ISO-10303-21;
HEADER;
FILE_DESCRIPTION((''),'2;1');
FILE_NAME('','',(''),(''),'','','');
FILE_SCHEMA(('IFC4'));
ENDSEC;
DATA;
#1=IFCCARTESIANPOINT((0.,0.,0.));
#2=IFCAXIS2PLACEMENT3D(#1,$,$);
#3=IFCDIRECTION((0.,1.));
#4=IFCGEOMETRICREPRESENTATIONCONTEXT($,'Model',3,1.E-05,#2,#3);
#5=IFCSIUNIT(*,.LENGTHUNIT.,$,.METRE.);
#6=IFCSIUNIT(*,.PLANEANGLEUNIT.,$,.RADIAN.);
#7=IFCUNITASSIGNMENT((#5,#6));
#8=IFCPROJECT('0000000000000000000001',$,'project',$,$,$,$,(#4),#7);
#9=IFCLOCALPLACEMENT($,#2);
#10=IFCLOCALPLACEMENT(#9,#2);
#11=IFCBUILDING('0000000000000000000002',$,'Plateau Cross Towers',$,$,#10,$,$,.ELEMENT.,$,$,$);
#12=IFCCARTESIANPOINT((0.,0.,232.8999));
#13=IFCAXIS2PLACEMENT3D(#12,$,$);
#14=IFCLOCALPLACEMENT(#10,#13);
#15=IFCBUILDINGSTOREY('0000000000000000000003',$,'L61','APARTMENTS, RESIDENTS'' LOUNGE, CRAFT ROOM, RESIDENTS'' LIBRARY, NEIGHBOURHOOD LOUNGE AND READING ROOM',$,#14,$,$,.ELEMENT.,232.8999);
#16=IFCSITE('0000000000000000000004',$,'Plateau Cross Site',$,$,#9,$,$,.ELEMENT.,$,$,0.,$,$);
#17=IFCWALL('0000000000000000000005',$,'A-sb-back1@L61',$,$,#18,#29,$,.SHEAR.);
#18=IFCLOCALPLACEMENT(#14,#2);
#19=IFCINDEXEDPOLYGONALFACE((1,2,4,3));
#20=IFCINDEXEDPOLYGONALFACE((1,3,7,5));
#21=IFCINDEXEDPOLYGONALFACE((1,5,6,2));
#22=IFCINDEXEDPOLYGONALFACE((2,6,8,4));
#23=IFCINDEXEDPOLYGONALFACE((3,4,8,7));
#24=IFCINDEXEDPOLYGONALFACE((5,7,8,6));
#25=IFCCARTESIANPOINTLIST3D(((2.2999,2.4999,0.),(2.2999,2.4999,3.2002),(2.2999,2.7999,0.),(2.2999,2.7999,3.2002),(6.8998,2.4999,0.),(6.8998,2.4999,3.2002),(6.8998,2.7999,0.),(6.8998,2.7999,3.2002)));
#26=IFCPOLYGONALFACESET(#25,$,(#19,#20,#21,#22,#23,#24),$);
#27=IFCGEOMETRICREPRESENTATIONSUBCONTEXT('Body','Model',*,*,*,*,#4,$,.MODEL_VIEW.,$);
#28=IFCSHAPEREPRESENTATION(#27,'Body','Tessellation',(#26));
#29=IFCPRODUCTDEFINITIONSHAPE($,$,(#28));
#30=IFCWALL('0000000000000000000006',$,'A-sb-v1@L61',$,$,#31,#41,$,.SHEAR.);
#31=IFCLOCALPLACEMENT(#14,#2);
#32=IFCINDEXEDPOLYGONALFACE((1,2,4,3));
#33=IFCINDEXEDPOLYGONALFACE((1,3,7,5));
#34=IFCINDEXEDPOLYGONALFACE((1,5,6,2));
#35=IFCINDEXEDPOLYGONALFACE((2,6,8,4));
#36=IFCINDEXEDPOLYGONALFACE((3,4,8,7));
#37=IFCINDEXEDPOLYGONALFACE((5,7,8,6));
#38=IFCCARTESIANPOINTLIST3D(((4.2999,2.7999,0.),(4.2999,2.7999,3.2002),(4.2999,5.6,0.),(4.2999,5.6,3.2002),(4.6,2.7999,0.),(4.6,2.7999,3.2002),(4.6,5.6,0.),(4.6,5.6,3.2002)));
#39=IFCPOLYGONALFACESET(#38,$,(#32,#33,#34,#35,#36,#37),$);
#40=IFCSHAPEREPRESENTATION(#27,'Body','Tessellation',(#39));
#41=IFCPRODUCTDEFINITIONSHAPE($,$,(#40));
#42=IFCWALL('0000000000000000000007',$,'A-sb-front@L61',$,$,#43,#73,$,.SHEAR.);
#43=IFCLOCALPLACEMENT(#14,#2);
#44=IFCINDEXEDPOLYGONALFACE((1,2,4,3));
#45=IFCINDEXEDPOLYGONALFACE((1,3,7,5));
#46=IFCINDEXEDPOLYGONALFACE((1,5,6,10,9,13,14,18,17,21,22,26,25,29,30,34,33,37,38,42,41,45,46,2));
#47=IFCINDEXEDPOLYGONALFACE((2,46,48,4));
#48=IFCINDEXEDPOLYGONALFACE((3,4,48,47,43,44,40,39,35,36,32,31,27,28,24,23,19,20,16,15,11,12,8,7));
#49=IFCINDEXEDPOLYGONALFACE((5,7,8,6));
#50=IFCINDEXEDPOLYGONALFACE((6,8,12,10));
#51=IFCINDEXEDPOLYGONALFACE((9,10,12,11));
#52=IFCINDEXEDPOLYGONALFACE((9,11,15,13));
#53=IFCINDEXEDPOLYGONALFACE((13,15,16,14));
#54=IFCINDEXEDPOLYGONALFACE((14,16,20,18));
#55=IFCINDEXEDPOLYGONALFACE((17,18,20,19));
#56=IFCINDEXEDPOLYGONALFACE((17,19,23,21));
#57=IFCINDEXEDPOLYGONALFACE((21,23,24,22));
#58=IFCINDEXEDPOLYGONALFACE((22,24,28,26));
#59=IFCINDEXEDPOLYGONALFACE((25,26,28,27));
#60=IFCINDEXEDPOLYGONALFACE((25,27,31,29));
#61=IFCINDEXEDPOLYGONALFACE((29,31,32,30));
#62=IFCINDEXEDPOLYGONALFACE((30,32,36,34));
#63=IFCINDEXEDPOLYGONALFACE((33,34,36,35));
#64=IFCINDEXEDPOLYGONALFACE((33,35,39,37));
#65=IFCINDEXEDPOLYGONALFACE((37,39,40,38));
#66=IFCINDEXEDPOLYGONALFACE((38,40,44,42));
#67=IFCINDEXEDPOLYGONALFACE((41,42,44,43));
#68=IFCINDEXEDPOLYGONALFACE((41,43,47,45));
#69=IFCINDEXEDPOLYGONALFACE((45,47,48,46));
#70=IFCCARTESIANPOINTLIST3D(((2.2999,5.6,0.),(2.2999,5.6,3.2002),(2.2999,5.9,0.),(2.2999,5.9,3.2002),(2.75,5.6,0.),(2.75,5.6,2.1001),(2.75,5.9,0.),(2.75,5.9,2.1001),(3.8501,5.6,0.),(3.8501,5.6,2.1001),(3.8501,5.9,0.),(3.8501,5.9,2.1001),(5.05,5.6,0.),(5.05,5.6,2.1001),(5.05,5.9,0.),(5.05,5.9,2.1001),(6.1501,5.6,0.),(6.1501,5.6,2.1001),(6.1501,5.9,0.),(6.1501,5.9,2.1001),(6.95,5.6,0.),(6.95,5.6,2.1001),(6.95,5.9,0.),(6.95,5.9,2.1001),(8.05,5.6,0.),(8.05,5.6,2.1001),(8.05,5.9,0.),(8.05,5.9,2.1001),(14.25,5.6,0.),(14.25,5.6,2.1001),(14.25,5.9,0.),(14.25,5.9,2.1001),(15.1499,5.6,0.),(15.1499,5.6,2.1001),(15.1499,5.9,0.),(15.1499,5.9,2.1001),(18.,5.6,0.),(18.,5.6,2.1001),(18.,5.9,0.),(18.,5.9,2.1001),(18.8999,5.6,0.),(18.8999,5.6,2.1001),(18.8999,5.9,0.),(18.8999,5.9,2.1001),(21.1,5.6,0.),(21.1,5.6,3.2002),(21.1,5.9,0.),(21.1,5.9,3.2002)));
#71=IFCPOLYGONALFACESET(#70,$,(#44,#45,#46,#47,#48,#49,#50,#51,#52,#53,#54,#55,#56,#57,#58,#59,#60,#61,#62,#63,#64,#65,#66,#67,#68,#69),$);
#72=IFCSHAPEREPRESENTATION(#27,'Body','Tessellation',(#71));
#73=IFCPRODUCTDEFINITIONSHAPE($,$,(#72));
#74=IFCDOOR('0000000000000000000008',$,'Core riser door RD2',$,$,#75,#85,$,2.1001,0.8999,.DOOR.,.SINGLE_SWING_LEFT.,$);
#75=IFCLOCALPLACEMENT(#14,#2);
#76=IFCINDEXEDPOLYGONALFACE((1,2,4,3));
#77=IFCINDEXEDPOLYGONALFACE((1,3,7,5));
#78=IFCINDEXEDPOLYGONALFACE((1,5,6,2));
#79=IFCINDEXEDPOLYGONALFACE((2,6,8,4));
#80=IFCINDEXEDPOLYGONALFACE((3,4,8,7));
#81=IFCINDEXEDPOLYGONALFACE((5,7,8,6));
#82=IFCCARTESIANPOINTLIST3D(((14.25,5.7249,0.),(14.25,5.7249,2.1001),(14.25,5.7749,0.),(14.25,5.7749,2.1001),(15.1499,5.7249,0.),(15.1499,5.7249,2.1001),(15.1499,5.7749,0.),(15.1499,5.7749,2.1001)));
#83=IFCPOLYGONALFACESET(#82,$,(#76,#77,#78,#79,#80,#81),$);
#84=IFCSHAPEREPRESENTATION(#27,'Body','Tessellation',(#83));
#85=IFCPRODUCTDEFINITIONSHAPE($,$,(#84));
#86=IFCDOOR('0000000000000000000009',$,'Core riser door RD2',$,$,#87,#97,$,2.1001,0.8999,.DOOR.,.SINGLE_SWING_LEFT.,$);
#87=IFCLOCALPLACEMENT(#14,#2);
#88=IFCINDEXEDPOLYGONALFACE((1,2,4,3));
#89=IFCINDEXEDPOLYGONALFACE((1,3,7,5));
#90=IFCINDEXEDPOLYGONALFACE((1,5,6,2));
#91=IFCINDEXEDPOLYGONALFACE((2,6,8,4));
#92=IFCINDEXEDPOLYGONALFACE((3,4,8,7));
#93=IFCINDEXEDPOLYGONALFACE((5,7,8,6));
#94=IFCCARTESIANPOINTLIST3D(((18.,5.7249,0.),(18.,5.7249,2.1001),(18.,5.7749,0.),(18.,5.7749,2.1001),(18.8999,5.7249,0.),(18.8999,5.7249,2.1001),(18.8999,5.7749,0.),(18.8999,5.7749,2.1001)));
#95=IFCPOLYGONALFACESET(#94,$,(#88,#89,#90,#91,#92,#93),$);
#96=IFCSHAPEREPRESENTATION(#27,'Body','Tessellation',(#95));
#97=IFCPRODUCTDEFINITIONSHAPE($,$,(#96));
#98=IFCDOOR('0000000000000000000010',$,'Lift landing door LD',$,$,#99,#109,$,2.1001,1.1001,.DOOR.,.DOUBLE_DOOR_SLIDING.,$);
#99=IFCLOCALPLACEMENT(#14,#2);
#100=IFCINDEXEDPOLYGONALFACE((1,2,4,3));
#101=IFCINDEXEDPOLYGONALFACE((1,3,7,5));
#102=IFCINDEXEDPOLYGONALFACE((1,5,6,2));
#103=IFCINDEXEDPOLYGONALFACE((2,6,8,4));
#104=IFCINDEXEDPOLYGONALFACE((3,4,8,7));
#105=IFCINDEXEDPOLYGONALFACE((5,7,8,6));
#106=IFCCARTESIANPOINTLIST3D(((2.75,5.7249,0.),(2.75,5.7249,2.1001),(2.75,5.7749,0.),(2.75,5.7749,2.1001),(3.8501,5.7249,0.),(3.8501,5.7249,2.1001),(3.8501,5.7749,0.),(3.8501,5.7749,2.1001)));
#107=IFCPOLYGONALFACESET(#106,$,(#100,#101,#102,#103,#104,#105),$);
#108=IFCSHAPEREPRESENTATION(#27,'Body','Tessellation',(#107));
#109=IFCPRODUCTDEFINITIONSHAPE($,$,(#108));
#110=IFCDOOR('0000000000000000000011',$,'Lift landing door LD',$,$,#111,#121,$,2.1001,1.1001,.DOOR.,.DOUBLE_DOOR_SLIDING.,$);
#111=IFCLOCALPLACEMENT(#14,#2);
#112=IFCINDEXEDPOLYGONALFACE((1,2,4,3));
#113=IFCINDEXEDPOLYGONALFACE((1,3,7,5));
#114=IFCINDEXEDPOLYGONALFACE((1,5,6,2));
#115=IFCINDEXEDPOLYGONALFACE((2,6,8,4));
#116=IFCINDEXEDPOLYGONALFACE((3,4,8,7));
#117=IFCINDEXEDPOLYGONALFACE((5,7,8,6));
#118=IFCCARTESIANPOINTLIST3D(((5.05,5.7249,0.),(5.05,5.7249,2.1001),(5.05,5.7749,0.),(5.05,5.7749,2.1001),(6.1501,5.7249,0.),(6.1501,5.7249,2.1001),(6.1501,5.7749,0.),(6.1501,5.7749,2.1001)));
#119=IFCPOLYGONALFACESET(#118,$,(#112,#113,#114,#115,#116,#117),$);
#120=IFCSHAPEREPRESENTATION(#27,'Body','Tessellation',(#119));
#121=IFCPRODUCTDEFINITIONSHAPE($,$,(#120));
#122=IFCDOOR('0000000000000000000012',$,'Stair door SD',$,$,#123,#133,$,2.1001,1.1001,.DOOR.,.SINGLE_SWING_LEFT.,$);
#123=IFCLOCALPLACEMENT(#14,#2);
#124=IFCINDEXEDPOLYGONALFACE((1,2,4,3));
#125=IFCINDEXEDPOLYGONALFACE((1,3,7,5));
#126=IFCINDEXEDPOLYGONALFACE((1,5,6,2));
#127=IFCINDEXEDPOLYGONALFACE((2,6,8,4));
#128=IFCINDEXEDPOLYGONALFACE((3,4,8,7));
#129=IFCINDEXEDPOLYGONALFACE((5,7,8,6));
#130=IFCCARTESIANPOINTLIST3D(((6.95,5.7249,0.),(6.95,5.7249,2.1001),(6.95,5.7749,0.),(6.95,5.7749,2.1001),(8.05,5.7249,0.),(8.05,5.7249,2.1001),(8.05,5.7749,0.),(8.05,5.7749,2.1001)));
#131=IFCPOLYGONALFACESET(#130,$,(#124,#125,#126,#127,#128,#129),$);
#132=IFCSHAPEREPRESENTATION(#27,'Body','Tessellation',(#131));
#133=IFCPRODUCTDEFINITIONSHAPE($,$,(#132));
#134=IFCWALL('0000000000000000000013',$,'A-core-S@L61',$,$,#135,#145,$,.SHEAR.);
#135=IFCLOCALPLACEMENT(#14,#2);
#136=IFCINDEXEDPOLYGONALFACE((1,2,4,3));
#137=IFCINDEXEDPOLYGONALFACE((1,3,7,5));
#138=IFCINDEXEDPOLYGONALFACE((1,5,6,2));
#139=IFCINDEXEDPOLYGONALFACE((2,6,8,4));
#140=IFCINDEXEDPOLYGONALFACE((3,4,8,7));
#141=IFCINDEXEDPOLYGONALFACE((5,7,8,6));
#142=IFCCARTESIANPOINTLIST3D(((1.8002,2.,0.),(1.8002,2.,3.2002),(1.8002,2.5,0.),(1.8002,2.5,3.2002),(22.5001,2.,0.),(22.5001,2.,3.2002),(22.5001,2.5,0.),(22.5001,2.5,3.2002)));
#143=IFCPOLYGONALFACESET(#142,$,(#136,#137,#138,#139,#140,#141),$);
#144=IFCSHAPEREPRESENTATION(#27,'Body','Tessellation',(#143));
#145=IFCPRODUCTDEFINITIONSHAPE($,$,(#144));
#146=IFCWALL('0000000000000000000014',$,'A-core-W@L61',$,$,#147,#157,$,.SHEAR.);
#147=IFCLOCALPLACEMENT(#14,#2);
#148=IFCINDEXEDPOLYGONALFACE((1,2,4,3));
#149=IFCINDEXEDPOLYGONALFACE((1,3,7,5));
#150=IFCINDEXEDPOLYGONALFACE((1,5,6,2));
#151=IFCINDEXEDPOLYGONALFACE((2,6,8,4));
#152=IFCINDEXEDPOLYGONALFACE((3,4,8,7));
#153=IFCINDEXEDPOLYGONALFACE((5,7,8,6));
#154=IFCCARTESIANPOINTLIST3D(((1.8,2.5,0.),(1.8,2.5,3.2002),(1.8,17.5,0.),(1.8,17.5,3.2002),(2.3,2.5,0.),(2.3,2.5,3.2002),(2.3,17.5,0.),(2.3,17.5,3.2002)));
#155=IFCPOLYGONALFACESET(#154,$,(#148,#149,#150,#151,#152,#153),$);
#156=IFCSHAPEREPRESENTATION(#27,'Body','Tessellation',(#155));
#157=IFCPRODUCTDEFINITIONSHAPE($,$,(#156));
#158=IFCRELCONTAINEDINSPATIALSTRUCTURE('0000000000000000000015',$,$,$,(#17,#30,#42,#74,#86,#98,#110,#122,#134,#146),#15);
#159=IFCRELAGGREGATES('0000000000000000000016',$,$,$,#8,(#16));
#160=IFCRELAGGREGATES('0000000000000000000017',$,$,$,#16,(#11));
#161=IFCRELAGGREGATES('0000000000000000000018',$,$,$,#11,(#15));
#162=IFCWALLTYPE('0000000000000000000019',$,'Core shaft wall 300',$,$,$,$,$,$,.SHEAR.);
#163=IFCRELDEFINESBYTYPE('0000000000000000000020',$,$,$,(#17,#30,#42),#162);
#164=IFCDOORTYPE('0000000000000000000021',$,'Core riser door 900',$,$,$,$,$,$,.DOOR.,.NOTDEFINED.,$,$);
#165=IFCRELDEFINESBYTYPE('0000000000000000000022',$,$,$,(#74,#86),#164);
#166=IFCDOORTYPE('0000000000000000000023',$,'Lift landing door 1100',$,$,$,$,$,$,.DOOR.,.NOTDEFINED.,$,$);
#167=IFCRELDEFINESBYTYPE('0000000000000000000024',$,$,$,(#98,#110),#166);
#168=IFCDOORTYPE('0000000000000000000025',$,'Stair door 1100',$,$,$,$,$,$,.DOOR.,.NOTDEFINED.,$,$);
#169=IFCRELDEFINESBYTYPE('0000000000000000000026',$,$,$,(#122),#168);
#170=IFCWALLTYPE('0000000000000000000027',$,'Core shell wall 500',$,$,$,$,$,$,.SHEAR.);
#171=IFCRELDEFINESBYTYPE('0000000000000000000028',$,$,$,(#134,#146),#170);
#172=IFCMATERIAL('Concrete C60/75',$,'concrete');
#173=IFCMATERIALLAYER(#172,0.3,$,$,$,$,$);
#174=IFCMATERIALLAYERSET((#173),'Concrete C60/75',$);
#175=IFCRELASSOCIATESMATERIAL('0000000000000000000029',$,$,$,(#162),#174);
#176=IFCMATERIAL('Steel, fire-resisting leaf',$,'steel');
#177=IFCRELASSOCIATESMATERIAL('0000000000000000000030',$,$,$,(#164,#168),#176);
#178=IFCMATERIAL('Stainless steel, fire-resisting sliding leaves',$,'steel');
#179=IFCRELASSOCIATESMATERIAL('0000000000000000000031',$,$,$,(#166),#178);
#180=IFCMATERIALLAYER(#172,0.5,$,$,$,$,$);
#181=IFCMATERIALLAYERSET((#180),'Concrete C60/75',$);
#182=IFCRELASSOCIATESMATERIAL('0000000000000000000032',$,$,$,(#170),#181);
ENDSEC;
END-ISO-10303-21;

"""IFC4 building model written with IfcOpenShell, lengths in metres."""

from ifc_helpers import new_model, si_unit, direction, frame, frame_2d, origin, place, context, subcontext, project, spatial, rectangle, extrude, material, layer, layer_set, type_object, element, fill, save


model = new_model("IFC4")

# Units and contexts
model_context = context("Model", 3, precision=1e-05, world=origin(), true_north=direction((0.0, 1.0)))
body_context = subcontext(model_context, "Body", "Model", "MODEL_VIEW")
ifc_project = project(units=[si_unit("LENGTHUNIT", "METRE"), si_unit("PLANEANGLEUNIT", "RADIAN")], contexts=[model_context])

# Site, building, storey
site_placement = place(None, origin())
site = spatial("IfcSite", under=ifc_project, at=site_placement, Name="Plateau Cross Site", CompositionType="ELEMENT", RefElevation=0.0)
building_placement = place(site_placement, origin())
building = spatial("IfcBuilding", under=site, at=building_placement, Name="Plateau Cross Towers", CompositionType="ELEMENT")
storey_placement = place(building_placement, frame((0.0, 0.0, 232.8999)))
storey = spatial("IfcBuildingStorey", under=building, at=storey_placement, Name="L61", Description="APARTMENTS, RESIDENTS' LOUNGE, CRAFT ROOM, RESIDENTS' LIBRARY, NEIGHBOURHOOD LOUNGE AND READING ROOM", CompositionType="ELEMENT", Elevation=232.8999)

# Shared definitions
ifc_material_1 = material(Name="Concrete C60/75", Category="concrete")

# Walls
ifc_layer_1 = layer(ifc_material_1, 0.3)
ifc_layer_set_1 = layer_set([ifc_layer_1], Name="Concrete C60/75")
wall_type_1 = type_object("IfcWallType", Name="Core shaft wall 300", PredefinedType="SHEAR", material=ifc_layer_set_1)
wall_1_placement = place(storey_placement, frame((2.3, 2.6499, 0.0), z_axis=(0.0, 0.0, 1.0), x_axis=(1.0, 0.0, 0.0)))
element("IfcWall", 1, at=wall_1_placement, inside=storey, type_object=wall_type_1, Name="A-sb-back1@L61", PredefinedType="SHEAR", context=body_context, shape_type="SweptSolid", body=[
    extrude(rectangle(XDim=4.5999, YDim=0.3, at=frame_2d((2.2998, 0.0))), origin(), (0.0, 0.0, 1.0), 3.2002),
])
wall_2_placement = place(storey_placement, frame((4.45, 2.8, 0.0), z_axis=(0.0, 0.0, 1.0), x_axis=(0.0, 1.0, 0.0)))
element("IfcWall", 2, at=wall_2_placement, inside=storey, type_object=wall_type_1, Name="A-sb-v1@L61", PredefinedType="SHEAR", context=body_context, shape_type="SweptSolid", body=[
    extrude(rectangle(XDim=2.8, YDim=0.3, at=frame_2d((1.3999, 0.0))), origin(), (0.0, 0.0, 1.0), 3.2002),
])

# Wall, openings, doors
wall_3_placement = place(storey_placement, frame((2.3, 5.75, 0.0), z_axis=(0.0, 0.0, 1.0), x_axis=(1.0, 0.0, 0.0)))
wall_3 = element("IfcWall", 3, at=wall_3_placement, inside=storey, type_object=wall_type_1, Name="A-sb-front@L61", PredefinedType="SHEAR", context=body_context, shape_type="SweptSolid", body=[
    extrude(rectangle(XDim=18.8, YDim=0.3, at=frame_2d((9.3999, 0.0))), origin(), (0.0, 0.0, 1.0), 3.2002),
])
opening_1_placement = place(wall_3_placement, frame((4.6499, 0.0, 0.0)))
opening_1 = element("IfcOpeningElement", 4, at=opening_1_placement, cuts=wall_3, PredefinedType="OPENING", context=body_context, shape_type="SweptSolid", body=[
    extrude(rectangle(XDim=1.1001, YDim=2.1001, at=frame_2d((0.55, 1.05))), frame((0.0, 0.1599, 0.0), z_axis=(0.0, -1.0, 0.0), x_axis=(1.0, 0.0, 0.0)), (0.0, 0.0, 1.0), 0.3201),
])
opening_2_placement = place(wall_3_placement, frame((0.45, 0.0, 0.0)))
opening_2 = element("IfcOpeningElement", 5, at=opening_2_placement, cuts=wall_3, PredefinedType="OPENING", context=body_context, shape_type="SweptSolid", body=[
    extrude(rectangle(XDim=1.1001, YDim=2.1001, at=frame_2d((0.55, 1.05))), frame((0.0, 0.1599, 0.0), z_axis=(0.0, -1.0, 0.0), x_axis=(1.0, 0.0, 0.0)), (0.0, 0.0, 1.0), 0.3201),
])
opening_3_placement = place(wall_3_placement, frame((2.75, 0.0, 0.0)))
opening_3 = element("IfcOpeningElement", 6, at=opening_3_placement, cuts=wall_3, PredefinedType="OPENING", context=body_context, shape_type="SweptSolid", body=[
    extrude(rectangle(XDim=1.1001, YDim=2.1001, at=frame_2d((0.55, 1.05))), frame((0.0, 0.1599, 0.0), z_axis=(0.0, -1.0, 0.0), x_axis=(1.0, 0.0, 0.0)), (0.0, 0.0, 1.0), 0.3201),
])
opening_4_placement = place(wall_3_placement, frame((11.95, 0.0, 0.0)))
opening_4 = element("IfcOpeningElement", 7, at=opening_4_placement, cuts=wall_3, PredefinedType="OPENING", context=body_context, shape_type="SweptSolid", body=[
    extrude(rectangle(XDim=0.8999, YDim=2.1001, at=frame_2d((0.45, 1.05))), frame((0.0, 0.1599, 0.0), z_axis=(0.0, -1.0, 0.0), x_axis=(1.0, 0.0, 0.0)), (0.0, 0.0, 1.0), 0.3201),
])
opening_5_placement = place(wall_3_placement, frame((15.7, 0.0, 0.0)))
opening_5 = element("IfcOpeningElement", 8, at=opening_5_placement, cuts=wall_3, PredefinedType="OPENING", context=body_context, shape_type="SweptSolid", body=[
    extrude(rectangle(XDim=0.8999, YDim=2.1001, at=frame_2d((0.45, 1.05))), frame((0.0, 0.1599, 0.0), z_axis=(0.0, -1.0, 0.0), x_axis=(1.0, 0.0, 0.0)), (0.0, 0.0, 1.0), 0.3201),
])
ifc_material_2 = material(Name="Steel, fire-resisting leaf", Category="steel")
door_type_1 = type_object("IfcDoorType", Name="Core riser door 900", OperationType="NOTDEFINED", PredefinedType="DOOR", material=ifc_material_2)
door_1_placement = place(opening_4_placement, origin())
door_1 = element("IfcDoor", 9, at=door_1_placement, inside=storey, type_object=door_type_1, Name="Core riser door RD2", OperationType="SINGLE_SWING_LEFT", OverallHeight=2.1001, OverallWidth=0.8999, PredefinedType="DOOR", context=body_context, shape_type="SweptSolid", body=[
    extrude(rectangle(XDim=0.8999, YDim=2.1001, at=frame_2d((0.45, 1.05))), frame((0.0, 0.0249, 0.0), z_axis=(0.0, -1.0, 0.0), x_axis=(1.0, 0.0, 0.0)), (0.0, 0.0, 1.0), 0.05),
])
fill(opening_4, door_1)
door_2_placement = place(opening_5_placement, origin())
door_2 = element("IfcDoor", 10, at=door_2_placement, inside=storey, type_object=door_type_1, Name="Core riser door RD2", OperationType="SINGLE_SWING_LEFT", OverallHeight=2.1001, OverallWidth=0.8999, PredefinedType="DOOR", context=body_context, shape_type="SweptSolid", body=[
    extrude(rectangle(XDim=0.8999, YDim=2.1001, at=frame_2d((0.45, 1.05))), frame((0.0, 0.0249, 0.0), z_axis=(0.0, -1.0, 0.0), x_axis=(1.0, 0.0, 0.0)), (0.0, 0.0, 1.0), 0.05),
])
fill(opening_5, door_2)
ifc_material_3 = material(Name="Stainless steel, fire-resisting sliding leaves", Category="steel")
door_type_2 = type_object("IfcDoorType", Name="Lift landing door 1100", OperationType="NOTDEFINED", PredefinedType="DOOR", material=ifc_material_3)
door_3_placement = place(opening_2_placement, origin())
door_3 = element("IfcDoor", 11, at=door_3_placement, inside=storey, type_object=door_type_2, Name="Lift landing door LD", OperationType="DOUBLE_DOOR_SLIDING", OverallHeight=2.1001, OverallWidth=1.1001, PredefinedType="DOOR", context=body_context, shape_type="SweptSolid", body=[
    extrude(rectangle(XDim=1.1001, YDim=2.1001, at=frame_2d((0.55, 1.05))), frame((0.0, 0.0249, 0.0), z_axis=(0.0, -1.0, 0.0), x_axis=(1.0, 0.0, 0.0)), (0.0, 0.0, 1.0), 0.05),
])
fill(opening_2, door_3)
door_4_placement = place(opening_3_placement, origin())
door_4 = element("IfcDoor", 12, at=door_4_placement, inside=storey, type_object=door_type_2, Name="Lift landing door LD", OperationType="DOUBLE_DOOR_SLIDING", OverallHeight=2.1001, OverallWidth=1.1001, PredefinedType="DOOR", context=body_context, shape_type="SweptSolid", body=[
    extrude(rectangle(XDim=1.1001, YDim=2.1001, at=frame_2d((0.55, 1.05))), frame((0.0, 0.0249, 0.0), z_axis=(0.0, -1.0, 0.0), x_axis=(1.0, 0.0, 0.0)), (0.0, 0.0, 1.0), 0.05),
])
fill(opening_3, door_4)
door_type_3 = type_object("IfcDoorType", Name="Stair door 1100", OperationType="NOTDEFINED", PredefinedType="DOOR", material=ifc_material_2)
door_5_placement = place(opening_1_placement, origin())
door_5 = element("IfcDoor", 13, at=door_5_placement, inside=storey, type_object=door_type_3, Name="Stair door SD", OperationType="SINGLE_SWING_LEFT", OverallHeight=2.1001, OverallWidth=1.1001, PredefinedType="DOOR", context=body_context, shape_type="SweptSolid", body=[
    extrude(rectangle(XDim=1.1001, YDim=2.1001, at=frame_2d((0.55, 1.05))), frame((0.0, 0.0249, 0.0), z_axis=(0.0, -1.0, 0.0), x_axis=(1.0, 0.0, 0.0)), (0.0, 0.0, 1.0), 0.05),
])
fill(opening_1, door_5)

# Walls
ifc_layer_2 = layer(ifc_material_1, 0.5)
ifc_layer_set_2 = layer_set([ifc_layer_2], Name="Concrete C60/75")
wall_type_2 = type_object("IfcWallType", Name="Core shell wall 500", PredefinedType="SHEAR", material=ifc_layer_set_2)
wall_4_placement = place(storey_placement, frame((1.8, 2.25, 0.0), z_axis=(0.0, 0.0, 1.0), x_axis=(1.0, 0.0, 0.0)))
element("IfcWall", 14, at=wall_4_placement, inside=storey, type_object=wall_type_2, Name="A-core-S@L61", PredefinedType="SHEAR", context=body_context, shape_type="SweptSolid", body=[
    extrude(rectangle(XDim=20.7, YDim=0.5, at=frame_2d((10.3501, 0.0))), origin(), (0.0, 0.0, 1.0), 3.2002),
])
wall_5_placement = place(storey_placement, frame((2.05, 2.5, 0.0), z_axis=(0.0, 0.0, 1.0), x_axis=(0.0, 1.0, 0.0)))
element("IfcWall", 15, at=wall_5_placement, inside=storey, type_object=wall_type_2, Name="A-core-W@L61", PredefinedType="SHEAR", context=body_context, shape_type="SweptSolid", body=[
    extrude(rectangle(XDim=15.0, YDim=0.5, at=frame_2d((7.5, 0.0))), origin(), (0.0, 0.0, 1.0), 3.2002),
])

save(model, "model.ifc")
